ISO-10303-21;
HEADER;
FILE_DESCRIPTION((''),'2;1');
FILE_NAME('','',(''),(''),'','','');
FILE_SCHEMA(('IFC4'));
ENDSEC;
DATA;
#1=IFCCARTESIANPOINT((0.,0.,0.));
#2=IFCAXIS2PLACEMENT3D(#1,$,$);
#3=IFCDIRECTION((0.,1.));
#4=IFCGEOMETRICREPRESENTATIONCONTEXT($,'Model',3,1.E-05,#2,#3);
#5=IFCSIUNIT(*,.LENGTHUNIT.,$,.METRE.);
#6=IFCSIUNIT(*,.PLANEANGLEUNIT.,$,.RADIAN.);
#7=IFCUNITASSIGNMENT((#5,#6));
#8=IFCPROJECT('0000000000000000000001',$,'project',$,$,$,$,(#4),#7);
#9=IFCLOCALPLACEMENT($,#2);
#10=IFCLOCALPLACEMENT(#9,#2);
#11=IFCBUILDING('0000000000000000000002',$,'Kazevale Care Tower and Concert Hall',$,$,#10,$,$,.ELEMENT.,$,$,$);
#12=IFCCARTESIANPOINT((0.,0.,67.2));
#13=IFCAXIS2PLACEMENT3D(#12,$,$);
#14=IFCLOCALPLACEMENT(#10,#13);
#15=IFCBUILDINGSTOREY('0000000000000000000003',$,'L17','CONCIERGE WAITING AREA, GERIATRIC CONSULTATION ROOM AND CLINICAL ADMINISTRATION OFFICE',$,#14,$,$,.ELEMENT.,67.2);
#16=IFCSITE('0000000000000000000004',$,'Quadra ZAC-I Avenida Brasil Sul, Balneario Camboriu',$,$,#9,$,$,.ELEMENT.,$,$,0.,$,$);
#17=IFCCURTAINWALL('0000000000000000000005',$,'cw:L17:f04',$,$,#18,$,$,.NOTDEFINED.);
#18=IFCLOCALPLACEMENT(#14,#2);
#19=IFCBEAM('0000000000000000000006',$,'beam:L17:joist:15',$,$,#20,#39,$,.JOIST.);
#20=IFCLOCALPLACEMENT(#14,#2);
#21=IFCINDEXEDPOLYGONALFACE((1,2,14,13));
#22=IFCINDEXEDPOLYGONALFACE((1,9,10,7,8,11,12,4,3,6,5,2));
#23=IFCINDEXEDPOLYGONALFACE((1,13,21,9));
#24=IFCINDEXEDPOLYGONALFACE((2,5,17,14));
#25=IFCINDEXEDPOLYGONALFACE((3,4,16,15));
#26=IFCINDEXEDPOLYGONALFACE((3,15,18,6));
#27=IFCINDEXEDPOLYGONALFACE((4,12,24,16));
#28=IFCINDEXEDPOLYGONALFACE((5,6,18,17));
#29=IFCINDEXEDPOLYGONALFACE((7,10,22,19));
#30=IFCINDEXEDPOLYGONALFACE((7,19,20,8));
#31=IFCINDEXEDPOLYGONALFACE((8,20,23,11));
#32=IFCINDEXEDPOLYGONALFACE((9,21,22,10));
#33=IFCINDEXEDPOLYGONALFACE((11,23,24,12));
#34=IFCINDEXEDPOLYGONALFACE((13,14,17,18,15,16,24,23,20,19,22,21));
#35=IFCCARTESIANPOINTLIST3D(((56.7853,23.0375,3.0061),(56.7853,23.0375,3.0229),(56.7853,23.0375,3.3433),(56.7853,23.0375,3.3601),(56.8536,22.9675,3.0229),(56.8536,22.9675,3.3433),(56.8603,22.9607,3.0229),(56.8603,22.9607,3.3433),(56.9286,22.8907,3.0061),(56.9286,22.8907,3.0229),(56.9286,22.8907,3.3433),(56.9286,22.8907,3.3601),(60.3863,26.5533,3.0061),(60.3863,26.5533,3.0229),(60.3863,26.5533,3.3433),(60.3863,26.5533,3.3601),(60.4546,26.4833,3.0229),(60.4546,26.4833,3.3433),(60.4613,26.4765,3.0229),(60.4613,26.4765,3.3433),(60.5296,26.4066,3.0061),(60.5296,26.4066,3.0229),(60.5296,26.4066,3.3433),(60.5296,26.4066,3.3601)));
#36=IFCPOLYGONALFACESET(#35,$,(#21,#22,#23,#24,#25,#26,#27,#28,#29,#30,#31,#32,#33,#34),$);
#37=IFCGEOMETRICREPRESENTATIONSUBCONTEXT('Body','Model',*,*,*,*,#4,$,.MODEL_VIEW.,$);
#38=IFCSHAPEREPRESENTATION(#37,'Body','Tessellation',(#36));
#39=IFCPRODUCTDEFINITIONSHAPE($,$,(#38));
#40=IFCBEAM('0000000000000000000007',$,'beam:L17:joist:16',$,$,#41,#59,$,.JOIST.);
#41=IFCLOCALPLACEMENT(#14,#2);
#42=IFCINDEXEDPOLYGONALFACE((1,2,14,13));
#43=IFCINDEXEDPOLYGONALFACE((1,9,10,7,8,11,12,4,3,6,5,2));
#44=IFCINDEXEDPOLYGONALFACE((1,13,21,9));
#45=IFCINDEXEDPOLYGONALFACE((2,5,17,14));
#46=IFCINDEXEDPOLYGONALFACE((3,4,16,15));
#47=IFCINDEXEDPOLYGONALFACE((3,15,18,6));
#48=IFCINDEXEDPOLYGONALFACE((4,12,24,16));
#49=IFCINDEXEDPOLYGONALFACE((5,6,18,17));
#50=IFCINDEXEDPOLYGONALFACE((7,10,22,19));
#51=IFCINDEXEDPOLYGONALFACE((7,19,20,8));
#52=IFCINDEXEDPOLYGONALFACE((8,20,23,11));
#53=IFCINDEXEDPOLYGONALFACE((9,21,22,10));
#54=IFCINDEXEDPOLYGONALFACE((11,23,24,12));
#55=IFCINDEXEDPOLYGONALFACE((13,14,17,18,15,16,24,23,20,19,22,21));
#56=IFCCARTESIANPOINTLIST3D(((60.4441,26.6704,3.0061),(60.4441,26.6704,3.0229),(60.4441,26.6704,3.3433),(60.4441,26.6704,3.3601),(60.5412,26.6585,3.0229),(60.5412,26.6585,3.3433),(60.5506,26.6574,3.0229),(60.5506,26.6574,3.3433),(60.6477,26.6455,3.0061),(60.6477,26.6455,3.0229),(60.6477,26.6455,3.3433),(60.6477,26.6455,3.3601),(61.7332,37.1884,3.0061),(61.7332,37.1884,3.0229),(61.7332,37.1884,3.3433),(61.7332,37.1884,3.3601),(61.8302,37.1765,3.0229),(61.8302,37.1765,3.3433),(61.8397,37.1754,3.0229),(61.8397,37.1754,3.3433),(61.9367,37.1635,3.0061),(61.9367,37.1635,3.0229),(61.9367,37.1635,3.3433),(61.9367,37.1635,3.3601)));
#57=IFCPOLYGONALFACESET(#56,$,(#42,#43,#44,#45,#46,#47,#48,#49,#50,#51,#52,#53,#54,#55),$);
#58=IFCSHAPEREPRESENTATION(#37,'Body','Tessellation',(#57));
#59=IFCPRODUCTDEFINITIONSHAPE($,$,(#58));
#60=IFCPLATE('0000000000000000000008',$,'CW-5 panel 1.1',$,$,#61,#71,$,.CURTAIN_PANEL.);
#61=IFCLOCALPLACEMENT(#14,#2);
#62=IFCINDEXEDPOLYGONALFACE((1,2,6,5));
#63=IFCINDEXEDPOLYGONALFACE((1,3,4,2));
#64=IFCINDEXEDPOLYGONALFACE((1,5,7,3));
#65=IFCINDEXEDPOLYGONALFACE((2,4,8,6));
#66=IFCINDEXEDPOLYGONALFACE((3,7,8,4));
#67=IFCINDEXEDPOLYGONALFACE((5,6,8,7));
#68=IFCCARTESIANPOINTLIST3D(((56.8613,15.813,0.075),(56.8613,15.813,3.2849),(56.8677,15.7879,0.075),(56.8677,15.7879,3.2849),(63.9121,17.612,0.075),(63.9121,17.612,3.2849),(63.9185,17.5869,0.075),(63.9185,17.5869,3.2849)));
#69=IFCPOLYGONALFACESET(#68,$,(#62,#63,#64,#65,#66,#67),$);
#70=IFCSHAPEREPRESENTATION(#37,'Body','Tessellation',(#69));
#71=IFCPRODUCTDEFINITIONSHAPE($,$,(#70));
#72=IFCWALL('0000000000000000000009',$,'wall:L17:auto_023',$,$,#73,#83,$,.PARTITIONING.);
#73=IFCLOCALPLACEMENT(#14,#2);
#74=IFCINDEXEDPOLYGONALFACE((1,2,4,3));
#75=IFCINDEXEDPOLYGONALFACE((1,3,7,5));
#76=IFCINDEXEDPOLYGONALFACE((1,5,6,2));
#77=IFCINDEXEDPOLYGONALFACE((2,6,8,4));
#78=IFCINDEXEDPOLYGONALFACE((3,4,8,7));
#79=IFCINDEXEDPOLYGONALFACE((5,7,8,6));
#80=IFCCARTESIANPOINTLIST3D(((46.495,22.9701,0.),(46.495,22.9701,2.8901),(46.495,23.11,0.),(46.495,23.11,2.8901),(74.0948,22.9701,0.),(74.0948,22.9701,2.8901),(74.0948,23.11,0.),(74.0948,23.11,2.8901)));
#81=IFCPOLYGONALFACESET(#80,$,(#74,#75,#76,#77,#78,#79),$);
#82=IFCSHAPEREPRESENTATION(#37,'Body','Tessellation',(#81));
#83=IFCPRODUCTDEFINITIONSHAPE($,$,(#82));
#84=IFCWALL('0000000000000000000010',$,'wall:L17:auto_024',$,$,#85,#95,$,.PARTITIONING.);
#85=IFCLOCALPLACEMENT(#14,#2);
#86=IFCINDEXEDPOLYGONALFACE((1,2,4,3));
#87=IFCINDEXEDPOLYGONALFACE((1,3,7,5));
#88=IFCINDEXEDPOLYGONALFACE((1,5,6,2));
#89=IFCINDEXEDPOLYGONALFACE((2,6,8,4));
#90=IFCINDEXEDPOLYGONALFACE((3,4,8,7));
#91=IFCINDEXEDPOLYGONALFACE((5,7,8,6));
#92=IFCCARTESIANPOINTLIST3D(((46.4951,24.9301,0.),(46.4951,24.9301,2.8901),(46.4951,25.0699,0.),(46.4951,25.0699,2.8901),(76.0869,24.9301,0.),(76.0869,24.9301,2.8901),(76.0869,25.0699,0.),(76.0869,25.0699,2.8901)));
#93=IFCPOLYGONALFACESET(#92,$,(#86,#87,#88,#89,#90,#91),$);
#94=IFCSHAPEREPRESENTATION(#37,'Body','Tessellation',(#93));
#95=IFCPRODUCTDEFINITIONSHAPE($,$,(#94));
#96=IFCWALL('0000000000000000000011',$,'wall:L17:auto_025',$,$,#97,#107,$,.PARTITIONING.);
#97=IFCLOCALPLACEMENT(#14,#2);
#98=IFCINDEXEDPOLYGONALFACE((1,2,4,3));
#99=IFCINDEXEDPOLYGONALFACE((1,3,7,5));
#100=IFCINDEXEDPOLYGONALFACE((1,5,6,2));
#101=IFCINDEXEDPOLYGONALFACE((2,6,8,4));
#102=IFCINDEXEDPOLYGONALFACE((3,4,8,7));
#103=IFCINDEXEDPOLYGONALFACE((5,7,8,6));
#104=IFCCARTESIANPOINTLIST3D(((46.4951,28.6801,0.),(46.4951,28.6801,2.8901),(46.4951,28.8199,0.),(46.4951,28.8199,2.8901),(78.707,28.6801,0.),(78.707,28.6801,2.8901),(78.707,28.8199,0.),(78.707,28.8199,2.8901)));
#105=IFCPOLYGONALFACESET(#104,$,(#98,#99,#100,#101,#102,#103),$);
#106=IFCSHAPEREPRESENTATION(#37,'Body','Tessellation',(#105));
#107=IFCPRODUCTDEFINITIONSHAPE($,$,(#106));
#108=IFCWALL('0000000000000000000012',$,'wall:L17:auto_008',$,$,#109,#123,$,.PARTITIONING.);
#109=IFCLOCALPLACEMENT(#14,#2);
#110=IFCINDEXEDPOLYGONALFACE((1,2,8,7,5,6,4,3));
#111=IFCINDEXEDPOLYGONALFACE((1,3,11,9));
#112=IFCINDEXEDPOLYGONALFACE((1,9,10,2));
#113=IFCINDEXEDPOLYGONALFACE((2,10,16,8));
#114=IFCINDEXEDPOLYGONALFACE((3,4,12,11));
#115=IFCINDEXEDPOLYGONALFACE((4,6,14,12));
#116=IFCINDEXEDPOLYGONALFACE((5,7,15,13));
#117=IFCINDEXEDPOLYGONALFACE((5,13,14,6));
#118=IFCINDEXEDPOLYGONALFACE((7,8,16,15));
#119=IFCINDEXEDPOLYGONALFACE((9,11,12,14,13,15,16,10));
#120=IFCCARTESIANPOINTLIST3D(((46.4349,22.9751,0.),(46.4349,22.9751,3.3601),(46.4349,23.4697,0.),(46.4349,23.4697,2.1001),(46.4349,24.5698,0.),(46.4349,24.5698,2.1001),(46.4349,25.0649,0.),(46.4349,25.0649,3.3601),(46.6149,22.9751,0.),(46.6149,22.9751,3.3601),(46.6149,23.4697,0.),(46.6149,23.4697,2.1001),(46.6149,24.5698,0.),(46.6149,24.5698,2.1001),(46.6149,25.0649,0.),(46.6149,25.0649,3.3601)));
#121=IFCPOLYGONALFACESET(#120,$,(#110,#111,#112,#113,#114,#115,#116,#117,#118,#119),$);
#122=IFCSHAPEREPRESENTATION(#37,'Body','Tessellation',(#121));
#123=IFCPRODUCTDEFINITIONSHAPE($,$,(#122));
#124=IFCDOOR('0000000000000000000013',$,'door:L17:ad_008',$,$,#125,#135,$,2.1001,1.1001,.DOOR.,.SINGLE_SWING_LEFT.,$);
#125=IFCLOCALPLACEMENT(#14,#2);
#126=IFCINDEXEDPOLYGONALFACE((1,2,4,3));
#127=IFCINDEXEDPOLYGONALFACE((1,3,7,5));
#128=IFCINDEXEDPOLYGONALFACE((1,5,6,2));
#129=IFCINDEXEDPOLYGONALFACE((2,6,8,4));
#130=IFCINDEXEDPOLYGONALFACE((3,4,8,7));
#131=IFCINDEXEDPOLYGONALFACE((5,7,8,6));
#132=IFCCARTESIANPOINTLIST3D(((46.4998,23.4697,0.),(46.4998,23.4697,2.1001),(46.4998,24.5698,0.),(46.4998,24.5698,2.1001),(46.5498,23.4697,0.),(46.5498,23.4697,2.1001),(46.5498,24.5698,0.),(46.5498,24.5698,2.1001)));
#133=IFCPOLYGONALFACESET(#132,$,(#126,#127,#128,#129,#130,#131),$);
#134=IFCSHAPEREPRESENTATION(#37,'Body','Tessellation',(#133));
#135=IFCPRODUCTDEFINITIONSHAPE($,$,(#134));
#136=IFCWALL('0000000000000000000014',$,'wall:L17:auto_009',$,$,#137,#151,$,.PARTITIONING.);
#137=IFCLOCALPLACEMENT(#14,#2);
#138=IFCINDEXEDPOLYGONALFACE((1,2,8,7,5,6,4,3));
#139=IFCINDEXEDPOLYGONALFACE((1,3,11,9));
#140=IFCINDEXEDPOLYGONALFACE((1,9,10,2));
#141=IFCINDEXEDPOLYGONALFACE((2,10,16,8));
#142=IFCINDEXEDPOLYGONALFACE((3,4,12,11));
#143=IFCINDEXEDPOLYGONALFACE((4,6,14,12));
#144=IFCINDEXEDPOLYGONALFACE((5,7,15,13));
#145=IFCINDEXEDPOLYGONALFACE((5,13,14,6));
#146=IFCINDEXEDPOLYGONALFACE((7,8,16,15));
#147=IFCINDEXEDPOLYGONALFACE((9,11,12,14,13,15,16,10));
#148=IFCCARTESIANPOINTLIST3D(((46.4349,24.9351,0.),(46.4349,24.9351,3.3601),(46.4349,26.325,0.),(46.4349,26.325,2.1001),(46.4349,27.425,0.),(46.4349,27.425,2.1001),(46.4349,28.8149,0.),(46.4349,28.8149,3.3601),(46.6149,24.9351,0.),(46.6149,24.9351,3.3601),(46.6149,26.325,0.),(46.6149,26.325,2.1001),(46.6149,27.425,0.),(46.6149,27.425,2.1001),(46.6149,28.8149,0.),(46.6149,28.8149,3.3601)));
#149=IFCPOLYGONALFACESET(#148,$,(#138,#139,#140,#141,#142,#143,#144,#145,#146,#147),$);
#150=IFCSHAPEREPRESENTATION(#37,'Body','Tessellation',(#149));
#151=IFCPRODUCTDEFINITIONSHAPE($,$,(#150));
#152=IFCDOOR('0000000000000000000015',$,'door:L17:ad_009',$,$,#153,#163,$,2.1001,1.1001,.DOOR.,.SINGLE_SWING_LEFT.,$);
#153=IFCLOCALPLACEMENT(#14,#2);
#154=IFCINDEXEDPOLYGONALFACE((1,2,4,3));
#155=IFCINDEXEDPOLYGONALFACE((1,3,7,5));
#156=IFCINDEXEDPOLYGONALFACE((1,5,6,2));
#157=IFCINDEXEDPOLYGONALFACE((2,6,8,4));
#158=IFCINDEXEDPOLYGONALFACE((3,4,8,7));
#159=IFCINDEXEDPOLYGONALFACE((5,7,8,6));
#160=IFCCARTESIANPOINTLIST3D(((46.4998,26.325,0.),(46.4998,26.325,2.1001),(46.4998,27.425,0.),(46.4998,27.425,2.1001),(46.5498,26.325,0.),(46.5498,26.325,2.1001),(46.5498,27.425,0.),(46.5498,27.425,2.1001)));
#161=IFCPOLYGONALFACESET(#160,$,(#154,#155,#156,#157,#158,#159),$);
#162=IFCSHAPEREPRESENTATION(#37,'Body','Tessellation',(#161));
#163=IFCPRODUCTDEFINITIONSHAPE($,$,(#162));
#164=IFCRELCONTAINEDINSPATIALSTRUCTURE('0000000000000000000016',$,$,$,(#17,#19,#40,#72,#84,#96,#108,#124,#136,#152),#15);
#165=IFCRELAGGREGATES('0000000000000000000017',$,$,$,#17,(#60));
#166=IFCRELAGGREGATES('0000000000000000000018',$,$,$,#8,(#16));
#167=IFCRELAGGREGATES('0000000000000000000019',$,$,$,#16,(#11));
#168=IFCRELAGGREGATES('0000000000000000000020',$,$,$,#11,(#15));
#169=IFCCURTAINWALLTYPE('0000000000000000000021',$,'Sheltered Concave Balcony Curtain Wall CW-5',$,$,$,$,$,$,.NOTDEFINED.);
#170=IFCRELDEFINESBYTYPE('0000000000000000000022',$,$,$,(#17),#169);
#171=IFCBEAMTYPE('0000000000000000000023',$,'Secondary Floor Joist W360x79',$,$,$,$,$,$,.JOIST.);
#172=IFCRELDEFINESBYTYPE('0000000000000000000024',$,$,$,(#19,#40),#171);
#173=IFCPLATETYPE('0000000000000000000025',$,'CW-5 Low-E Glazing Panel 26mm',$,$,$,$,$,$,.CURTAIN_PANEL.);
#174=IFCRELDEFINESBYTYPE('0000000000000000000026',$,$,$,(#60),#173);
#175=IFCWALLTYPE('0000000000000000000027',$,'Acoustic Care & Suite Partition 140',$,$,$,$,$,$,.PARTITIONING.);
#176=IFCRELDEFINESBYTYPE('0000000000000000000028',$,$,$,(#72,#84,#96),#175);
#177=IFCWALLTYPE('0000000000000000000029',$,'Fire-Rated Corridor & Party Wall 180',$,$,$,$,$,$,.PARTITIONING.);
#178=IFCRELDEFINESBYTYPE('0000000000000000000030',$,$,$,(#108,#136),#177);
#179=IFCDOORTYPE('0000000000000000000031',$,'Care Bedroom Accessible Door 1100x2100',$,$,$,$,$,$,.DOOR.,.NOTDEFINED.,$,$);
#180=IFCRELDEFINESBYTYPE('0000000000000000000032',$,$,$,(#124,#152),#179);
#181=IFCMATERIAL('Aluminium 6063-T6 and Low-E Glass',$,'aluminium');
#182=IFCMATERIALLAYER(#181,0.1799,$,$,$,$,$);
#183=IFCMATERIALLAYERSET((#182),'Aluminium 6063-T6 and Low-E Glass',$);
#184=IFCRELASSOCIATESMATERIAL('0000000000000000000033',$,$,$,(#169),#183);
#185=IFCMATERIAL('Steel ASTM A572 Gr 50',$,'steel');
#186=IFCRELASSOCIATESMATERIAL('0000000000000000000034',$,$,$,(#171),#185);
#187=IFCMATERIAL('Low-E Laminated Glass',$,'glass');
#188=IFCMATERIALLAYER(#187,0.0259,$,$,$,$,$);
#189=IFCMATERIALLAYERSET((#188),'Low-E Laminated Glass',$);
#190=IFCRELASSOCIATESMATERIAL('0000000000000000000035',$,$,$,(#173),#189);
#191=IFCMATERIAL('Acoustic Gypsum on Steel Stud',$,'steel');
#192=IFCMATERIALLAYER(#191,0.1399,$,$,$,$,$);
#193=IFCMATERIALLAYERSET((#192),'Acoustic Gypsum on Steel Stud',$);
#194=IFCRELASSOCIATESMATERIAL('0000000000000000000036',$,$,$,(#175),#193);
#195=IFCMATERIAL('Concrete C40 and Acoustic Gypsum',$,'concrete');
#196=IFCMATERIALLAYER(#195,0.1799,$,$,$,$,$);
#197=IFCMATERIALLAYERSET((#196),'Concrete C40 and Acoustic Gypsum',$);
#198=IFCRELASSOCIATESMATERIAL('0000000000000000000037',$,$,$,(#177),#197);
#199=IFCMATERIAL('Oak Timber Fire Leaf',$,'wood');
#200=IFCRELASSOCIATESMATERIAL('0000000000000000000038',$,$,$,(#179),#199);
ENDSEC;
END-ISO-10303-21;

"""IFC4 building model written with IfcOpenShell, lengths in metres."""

from ifc_helpers import new_model, si_unit, direction, frame, frame_2d, origin, origin_2d, place, context, subcontext, project, spatial, rectangle, i_section, extrude, material, layer, layer_set, material_profile, profile_set, type_object, element, fill, aggregate, save


model = new_model("IFC4")

# Units and contexts
model_context = context("Model", 3, precision=1e-05, world=origin(), true_north=direction((0.0, 1.0)))
body_context = subcontext(model_context, "Body", "Model", "MODEL_VIEW")
ifc_project = project(units=[si_unit("LENGTHUNIT", "METRE"), si_unit("PLANEANGLEUNIT", "RADIAN")], contexts=[model_context])

# Site, building, storey
site_placement = place(None, origin())
site = spatial("IfcSite", under=ifc_project, at=site_placement, Name="Quadra ZAC-I Avenida Brasil Sul, Balneario Camboriu", CompositionType="ELEMENT", RefElevation=0.0)
building_placement = place(site_placement, origin())
building = spatial("IfcBuilding", under=site, at=building_placement, Name="Kazevale Care Tower and Concert Hall", CompositionType="ELEMENT")
storey_placement = place(building_placement, frame((0.0, 0.0, 67.2)))
storey = spatial("IfcBuildingStorey", under=building, at=storey_placement, Name="L17", Description="CONCIERGE WAITING AREA, GERIATRIC CONSULTATION ROOM AND CLINICAL ADMINISTRATION OFFICE", CompositionType="ELEMENT", Elevation=67.2)

# Curtain wall
ifc_material_1 = material(Name="Aluminium 6063-T6 and Low-E Glass", Category="aluminium")
ifc_layer_1 = layer(ifc_material_1, 0.1799)
ifc_layer_set_1 = layer_set([ifc_layer_1], Name="Aluminium 6063-T6 and Low-E Glass")
curtain_wall_type = type_object("IfcCurtainWallType", Name="Sheltered Concave Balcony Curtain Wall CW-5", PredefinedType="NOTDEFINED", material=ifc_layer_set_1)
curtain_wall_1_placement = place(storey_placement, origin())
curtain_wall_1 = element("IfcCurtainWall", 1, at=curtain_wall_1_placement, inside=storey, type_object=curtain_wall_type, Name="cw:L17:f04", PredefinedType="NOTDEFINED")

# Beams
ifc_material_2 = material(Name="Steel ASTM A572 Gr 50", Category="steel")
ifc_material_profile_1 = material_profile(ifc_material_2, i_section(OverallWidth=0.2051, OverallDepth=0.354, WebThickness=0.0095, FlangeThickness=0.0168, at=origin_2d()), Name="W360x79")
ifc_profile_set_1 = profile_set([ifc_material_profile_1], Name="Steel ASTM A572 Gr 50")
beam_type_1 = type_object("IfcBeamType", Name="Secondary Floor Joist W360x79", PredefinedType="JOIST", material=ifc_profile_set_1)
beam_1_placement = place(storey_placement, frame((56.8569, 22.9641, 3.1831), z_axis=(0.715521, 0.698591, 0.0), x_axis=(-0.698591, 0.715521, 0.0)))
element("IfcBeam", 2, at=beam_1_placement, inside=storey, type_object=beam_type_1, Name="beam:L17:joist:15", PredefinedType="JOIST", context=body_context, shape_type="SweptSolid", body=[
    extrude(i_section(OverallWidth=0.2051, OverallDepth=0.354, WebThickness=0.0095, FlangeThickness=0.0168, at=origin_2d()), origin(), (0.0, 0.0, 1.0), 5.0327),
])
beam_2_placement = place(storey_placement, frame((60.5459, 26.658, 3.1831), z_axis=(0.121647, 0.992573, 0.0), x_axis=(-0.992573, 0.121647, 0.0)))
element("IfcBeam", 3, at=beam_2_placement, inside=storey, type_object=beam_type_1, Name="beam:L17:joist:16", PredefinedType="JOIST", context=body_context, shape_type="SweptSolid", body=[
    extrude(i_section(OverallWidth=0.2051, OverallDepth=0.354, WebThickness=0.0095, FlangeThickness=0.0168, at=origin_2d()), origin(), (0.0, 0.0, 1.0), 10.5967),
])

# Plate
ifc_material_3 = material(Name="Low-E Laminated Glass", Category="glass")
ifc_layer_2 = layer(ifc_material_3, 0.0259)
ifc_layer_set_2 = layer_set([ifc_layer_2], Name="Low-E Laminated Glass")
plate_type = type_object("IfcPlateType", Name="CW-5 Low-E Glazing Panel 26mm", PredefinedType="CURTAIN_PANEL", material=ifc_layer_set_2)
plate_placement = place(storey_placement, frame((60.3899, 16.7, 0.075), z_axis=(0.0, 0.0, 1.0), x_axis=(-0.968959, -0.247222, 0.0)))
plate = element("IfcPlate", 4, at=plate_placement, type_object=plate_type, Name="CW-5 panel 1.1", PredefinedType="CURTAIN_PANEL", context=body_context, shape_type="SweptSolid", body=[
    extrude(rectangle(XDim=7.2766, YDim=0.0259, at=origin_2d()), origin(), (0.0, 0.0, 1.0), 3.21),
])
aggregate(curtain_wall_1, [plate])

# Walls
ifc_material_4 = material(Name="Acoustic Gypsum on Steel Stud", Category="steel")
ifc_layer_3 = layer(ifc_material_4, 0.1399)
ifc_layer_set_3 = layer_set([ifc_layer_3], Name="Acoustic Gypsum on Steel Stud")
wall_type_1 = type_object("IfcWallType", Name="Acoustic Care & Suite Partition 140", PredefinedType="PARTITIONING", material=ifc_layer_set_3)
wall_1_placement = place(storey_placement, frame((46.4951, 23.04, 0.0), z_axis=(0.0, 0.0, 1.0), x_axis=(1.0, 0.0, 0.0)))
element("IfcWall", 5, at=wall_1_placement, inside=storey, type_object=wall_type_1, Name="wall:L17:auto_023", PredefinedType="PARTITIONING", context=body_context, shape_type="SweptSolid", body=[
    extrude(rectangle(XDim=27.5999, YDim=0.1399, at=frame_2d((13.7998, 0.0))), origin(), (0.0, 0.0, 1.0), 2.8901),
])
wall_2_placement = place(storey_placement, frame((46.4951, 25.0, 0.0), z_axis=(0.0, 0.0, 1.0), x_axis=(1.0, 0.0, 0.0)))
element("IfcWall", 6, at=wall_2_placement, inside=storey, type_object=wall_type_1, Name="wall:L17:auto_024", PredefinedType="PARTITIONING", context=body_context, shape_type="SweptSolid", body=[
    extrude(rectangle(XDim=29.5918, YDim=0.1399, at=frame_2d((14.7959, 0.0))), origin(), (0.0, 0.0, 1.0), 2.8901),
])
wall_3_placement = place(storey_placement, frame((46.4951, 28.75, 0.0), z_axis=(0.0, 0.0, 1.0), x_axis=(1.0, 0.0, 0.0)))
element("IfcWall", 7, at=wall_3_placement, inside=storey, type_object=wall_type_1, Name="wall:L17:auto_025", PredefinedType="PARTITIONING", context=body_context, shape_type="SweptSolid", body=[
    extrude(rectangle(XDim=32.2119, YDim=0.1399, at=frame_2d((16.106, 0.0))), origin(), (0.0, 0.0, 1.0), 2.8901),
])

# Walls, openings, doors
ifc_material_5 = material(Name="Concrete C40 and Acoustic Gypsum", Category="concrete")
ifc_layer_4 = layer(ifc_material_5, 0.1799)
ifc_layer_set_4 = layer_set([ifc_layer_4], Name="Concrete C40 and Acoustic Gypsum")
wall_type_2 = type_object("IfcWallType", Name="Fire-Rated Corridor & Party Wall 180", PredefinedType="PARTITIONING", material=ifc_layer_set_4)
ifc_material_6 = material(Name="Oak Timber Fire Leaf", Category="wood")
wall_4_placement = place(storey_placement, frame((46.5249, 25.0649, 0.0), z_axis=(0.0, 0.0, 1.0), x_axis=(0.0, -1.0, 0.0)))
wall_4 = element("IfcWall", 8, at=wall_4_placement, inside=storey, type_object=wall_type_2, Name="wall:L17:auto_008", PredefinedType="PARTITIONING", context=body_context, shape_type="SweptSolid", body=[
    extrude(rectangle(XDim=2.0898, YDim=0.1799, at=frame_2d((1.0449, 0.0))), origin(), (0.0, 0.0, 1.0), 3.3601),
])
opening_1_placement = place(wall_4_placement, frame((0.4951, 0.0, 0.0)))
opening_1 = element("IfcOpeningElement", 9, at=opening_1_placement, cuts=wall_4, PredefinedType="OPENING", context=body_context, shape_type="SweptSolid", body=[
    extrude(rectangle(XDim=1.1001, YDim=2.1001, at=frame_2d((0.55, 1.05))), frame((0.0, 0.0999, 0.0), z_axis=(0.0, -1.0, 0.0), x_axis=(1.0, 0.0, 0.0)), (0.0, 0.0, 1.0), 0.2),
])
door_type_1 = type_object("IfcDoorType", Name="Care Bedroom Accessible Door 1100x2100", OperationType="NOTDEFINED", PredefinedType="DOOR", material=ifc_material_6)
door_1_placement = place(opening_1_placement, origin())
door_1 = element("IfcDoor", 10, at=door_1_placement, inside=storey, type_object=door_type_1, Name="door:L17:ad_008", OperationType="SINGLE_SWING_LEFT", OverallHeight=2.1001, OverallWidth=1.1001, PredefinedType="DOOR", context=body_context, shape_type="SweptSolid", body=[
    extrude(rectangle(XDim=1.1001, YDim=2.1001, at=frame_2d((0.55, 1.05))), frame((0.0, 0.0249, 0.0), z_axis=(0.0, -1.0, 0.0), x_axis=(1.0, 0.0, 0.0)), (0.0, 0.0, 1.0), 0.05),
])
fill(opening_1, door_1)
wall_5_placement = place(storey_placement, frame((46.5249, 28.8149, 0.0), z_axis=(0.0, 0.0, 1.0), x_axis=(0.0, -1.0, 0.0)))
wall_5 = element("IfcWall", 11, at=wall_5_placement, inside=storey, type_object=wall_type_2, Name="wall:L17:auto_009", PredefinedType="PARTITIONING", context=body_context, shape_type="SweptSolid", body=[
    extrude(rectangle(XDim=3.8799, YDim=0.1799, at=frame_2d((1.9399, 0.0))), origin(), (0.0, 0.0, 1.0), 3.3601),
])
opening_2_placement = place(wall_5_placement, frame((1.3899, 0.0, 0.0)))
opening_2 = element("IfcOpeningElement", 12, at=opening_2_placement, cuts=wall_5, PredefinedType="OPENING", context=body_context, shape_type="SweptSolid", body=[
    extrude(rectangle(XDim=1.1001, YDim=2.1001, at=frame_2d((0.55, 1.05))), frame((0.0, 0.0999, 0.0), z_axis=(0.0, -1.0, 0.0), x_axis=(1.0, 0.0, 0.0)), (0.0, 0.0, 1.0), 0.2),
])
door_2_placement = place(opening_2_placement, origin())
door_2 = element("IfcDoor", 13, at=door_2_placement, inside=storey, type_object=door_type_1, Name="door:L17:ad_009", OperationType="SINGLE_SWING_LEFT", OverallHeight=2.1001, OverallWidth=1.1001, PredefinedType="DOOR", context=body_context, shape_type="SweptSolid", body=[
    extrude(rectangle(XDim=1.1001, YDim=2.1001, at=frame_2d((0.55, 1.05))), frame((0.0, 0.0249, 0.0), z_axis=(0.0, -1.0, 0.0), x_axis=(1.0, 0.0, 0.0)), (0.0, 0.0, 1.0), 0.05),
])
fill(opening_2, door_2)

save(model, "model.ifc")
